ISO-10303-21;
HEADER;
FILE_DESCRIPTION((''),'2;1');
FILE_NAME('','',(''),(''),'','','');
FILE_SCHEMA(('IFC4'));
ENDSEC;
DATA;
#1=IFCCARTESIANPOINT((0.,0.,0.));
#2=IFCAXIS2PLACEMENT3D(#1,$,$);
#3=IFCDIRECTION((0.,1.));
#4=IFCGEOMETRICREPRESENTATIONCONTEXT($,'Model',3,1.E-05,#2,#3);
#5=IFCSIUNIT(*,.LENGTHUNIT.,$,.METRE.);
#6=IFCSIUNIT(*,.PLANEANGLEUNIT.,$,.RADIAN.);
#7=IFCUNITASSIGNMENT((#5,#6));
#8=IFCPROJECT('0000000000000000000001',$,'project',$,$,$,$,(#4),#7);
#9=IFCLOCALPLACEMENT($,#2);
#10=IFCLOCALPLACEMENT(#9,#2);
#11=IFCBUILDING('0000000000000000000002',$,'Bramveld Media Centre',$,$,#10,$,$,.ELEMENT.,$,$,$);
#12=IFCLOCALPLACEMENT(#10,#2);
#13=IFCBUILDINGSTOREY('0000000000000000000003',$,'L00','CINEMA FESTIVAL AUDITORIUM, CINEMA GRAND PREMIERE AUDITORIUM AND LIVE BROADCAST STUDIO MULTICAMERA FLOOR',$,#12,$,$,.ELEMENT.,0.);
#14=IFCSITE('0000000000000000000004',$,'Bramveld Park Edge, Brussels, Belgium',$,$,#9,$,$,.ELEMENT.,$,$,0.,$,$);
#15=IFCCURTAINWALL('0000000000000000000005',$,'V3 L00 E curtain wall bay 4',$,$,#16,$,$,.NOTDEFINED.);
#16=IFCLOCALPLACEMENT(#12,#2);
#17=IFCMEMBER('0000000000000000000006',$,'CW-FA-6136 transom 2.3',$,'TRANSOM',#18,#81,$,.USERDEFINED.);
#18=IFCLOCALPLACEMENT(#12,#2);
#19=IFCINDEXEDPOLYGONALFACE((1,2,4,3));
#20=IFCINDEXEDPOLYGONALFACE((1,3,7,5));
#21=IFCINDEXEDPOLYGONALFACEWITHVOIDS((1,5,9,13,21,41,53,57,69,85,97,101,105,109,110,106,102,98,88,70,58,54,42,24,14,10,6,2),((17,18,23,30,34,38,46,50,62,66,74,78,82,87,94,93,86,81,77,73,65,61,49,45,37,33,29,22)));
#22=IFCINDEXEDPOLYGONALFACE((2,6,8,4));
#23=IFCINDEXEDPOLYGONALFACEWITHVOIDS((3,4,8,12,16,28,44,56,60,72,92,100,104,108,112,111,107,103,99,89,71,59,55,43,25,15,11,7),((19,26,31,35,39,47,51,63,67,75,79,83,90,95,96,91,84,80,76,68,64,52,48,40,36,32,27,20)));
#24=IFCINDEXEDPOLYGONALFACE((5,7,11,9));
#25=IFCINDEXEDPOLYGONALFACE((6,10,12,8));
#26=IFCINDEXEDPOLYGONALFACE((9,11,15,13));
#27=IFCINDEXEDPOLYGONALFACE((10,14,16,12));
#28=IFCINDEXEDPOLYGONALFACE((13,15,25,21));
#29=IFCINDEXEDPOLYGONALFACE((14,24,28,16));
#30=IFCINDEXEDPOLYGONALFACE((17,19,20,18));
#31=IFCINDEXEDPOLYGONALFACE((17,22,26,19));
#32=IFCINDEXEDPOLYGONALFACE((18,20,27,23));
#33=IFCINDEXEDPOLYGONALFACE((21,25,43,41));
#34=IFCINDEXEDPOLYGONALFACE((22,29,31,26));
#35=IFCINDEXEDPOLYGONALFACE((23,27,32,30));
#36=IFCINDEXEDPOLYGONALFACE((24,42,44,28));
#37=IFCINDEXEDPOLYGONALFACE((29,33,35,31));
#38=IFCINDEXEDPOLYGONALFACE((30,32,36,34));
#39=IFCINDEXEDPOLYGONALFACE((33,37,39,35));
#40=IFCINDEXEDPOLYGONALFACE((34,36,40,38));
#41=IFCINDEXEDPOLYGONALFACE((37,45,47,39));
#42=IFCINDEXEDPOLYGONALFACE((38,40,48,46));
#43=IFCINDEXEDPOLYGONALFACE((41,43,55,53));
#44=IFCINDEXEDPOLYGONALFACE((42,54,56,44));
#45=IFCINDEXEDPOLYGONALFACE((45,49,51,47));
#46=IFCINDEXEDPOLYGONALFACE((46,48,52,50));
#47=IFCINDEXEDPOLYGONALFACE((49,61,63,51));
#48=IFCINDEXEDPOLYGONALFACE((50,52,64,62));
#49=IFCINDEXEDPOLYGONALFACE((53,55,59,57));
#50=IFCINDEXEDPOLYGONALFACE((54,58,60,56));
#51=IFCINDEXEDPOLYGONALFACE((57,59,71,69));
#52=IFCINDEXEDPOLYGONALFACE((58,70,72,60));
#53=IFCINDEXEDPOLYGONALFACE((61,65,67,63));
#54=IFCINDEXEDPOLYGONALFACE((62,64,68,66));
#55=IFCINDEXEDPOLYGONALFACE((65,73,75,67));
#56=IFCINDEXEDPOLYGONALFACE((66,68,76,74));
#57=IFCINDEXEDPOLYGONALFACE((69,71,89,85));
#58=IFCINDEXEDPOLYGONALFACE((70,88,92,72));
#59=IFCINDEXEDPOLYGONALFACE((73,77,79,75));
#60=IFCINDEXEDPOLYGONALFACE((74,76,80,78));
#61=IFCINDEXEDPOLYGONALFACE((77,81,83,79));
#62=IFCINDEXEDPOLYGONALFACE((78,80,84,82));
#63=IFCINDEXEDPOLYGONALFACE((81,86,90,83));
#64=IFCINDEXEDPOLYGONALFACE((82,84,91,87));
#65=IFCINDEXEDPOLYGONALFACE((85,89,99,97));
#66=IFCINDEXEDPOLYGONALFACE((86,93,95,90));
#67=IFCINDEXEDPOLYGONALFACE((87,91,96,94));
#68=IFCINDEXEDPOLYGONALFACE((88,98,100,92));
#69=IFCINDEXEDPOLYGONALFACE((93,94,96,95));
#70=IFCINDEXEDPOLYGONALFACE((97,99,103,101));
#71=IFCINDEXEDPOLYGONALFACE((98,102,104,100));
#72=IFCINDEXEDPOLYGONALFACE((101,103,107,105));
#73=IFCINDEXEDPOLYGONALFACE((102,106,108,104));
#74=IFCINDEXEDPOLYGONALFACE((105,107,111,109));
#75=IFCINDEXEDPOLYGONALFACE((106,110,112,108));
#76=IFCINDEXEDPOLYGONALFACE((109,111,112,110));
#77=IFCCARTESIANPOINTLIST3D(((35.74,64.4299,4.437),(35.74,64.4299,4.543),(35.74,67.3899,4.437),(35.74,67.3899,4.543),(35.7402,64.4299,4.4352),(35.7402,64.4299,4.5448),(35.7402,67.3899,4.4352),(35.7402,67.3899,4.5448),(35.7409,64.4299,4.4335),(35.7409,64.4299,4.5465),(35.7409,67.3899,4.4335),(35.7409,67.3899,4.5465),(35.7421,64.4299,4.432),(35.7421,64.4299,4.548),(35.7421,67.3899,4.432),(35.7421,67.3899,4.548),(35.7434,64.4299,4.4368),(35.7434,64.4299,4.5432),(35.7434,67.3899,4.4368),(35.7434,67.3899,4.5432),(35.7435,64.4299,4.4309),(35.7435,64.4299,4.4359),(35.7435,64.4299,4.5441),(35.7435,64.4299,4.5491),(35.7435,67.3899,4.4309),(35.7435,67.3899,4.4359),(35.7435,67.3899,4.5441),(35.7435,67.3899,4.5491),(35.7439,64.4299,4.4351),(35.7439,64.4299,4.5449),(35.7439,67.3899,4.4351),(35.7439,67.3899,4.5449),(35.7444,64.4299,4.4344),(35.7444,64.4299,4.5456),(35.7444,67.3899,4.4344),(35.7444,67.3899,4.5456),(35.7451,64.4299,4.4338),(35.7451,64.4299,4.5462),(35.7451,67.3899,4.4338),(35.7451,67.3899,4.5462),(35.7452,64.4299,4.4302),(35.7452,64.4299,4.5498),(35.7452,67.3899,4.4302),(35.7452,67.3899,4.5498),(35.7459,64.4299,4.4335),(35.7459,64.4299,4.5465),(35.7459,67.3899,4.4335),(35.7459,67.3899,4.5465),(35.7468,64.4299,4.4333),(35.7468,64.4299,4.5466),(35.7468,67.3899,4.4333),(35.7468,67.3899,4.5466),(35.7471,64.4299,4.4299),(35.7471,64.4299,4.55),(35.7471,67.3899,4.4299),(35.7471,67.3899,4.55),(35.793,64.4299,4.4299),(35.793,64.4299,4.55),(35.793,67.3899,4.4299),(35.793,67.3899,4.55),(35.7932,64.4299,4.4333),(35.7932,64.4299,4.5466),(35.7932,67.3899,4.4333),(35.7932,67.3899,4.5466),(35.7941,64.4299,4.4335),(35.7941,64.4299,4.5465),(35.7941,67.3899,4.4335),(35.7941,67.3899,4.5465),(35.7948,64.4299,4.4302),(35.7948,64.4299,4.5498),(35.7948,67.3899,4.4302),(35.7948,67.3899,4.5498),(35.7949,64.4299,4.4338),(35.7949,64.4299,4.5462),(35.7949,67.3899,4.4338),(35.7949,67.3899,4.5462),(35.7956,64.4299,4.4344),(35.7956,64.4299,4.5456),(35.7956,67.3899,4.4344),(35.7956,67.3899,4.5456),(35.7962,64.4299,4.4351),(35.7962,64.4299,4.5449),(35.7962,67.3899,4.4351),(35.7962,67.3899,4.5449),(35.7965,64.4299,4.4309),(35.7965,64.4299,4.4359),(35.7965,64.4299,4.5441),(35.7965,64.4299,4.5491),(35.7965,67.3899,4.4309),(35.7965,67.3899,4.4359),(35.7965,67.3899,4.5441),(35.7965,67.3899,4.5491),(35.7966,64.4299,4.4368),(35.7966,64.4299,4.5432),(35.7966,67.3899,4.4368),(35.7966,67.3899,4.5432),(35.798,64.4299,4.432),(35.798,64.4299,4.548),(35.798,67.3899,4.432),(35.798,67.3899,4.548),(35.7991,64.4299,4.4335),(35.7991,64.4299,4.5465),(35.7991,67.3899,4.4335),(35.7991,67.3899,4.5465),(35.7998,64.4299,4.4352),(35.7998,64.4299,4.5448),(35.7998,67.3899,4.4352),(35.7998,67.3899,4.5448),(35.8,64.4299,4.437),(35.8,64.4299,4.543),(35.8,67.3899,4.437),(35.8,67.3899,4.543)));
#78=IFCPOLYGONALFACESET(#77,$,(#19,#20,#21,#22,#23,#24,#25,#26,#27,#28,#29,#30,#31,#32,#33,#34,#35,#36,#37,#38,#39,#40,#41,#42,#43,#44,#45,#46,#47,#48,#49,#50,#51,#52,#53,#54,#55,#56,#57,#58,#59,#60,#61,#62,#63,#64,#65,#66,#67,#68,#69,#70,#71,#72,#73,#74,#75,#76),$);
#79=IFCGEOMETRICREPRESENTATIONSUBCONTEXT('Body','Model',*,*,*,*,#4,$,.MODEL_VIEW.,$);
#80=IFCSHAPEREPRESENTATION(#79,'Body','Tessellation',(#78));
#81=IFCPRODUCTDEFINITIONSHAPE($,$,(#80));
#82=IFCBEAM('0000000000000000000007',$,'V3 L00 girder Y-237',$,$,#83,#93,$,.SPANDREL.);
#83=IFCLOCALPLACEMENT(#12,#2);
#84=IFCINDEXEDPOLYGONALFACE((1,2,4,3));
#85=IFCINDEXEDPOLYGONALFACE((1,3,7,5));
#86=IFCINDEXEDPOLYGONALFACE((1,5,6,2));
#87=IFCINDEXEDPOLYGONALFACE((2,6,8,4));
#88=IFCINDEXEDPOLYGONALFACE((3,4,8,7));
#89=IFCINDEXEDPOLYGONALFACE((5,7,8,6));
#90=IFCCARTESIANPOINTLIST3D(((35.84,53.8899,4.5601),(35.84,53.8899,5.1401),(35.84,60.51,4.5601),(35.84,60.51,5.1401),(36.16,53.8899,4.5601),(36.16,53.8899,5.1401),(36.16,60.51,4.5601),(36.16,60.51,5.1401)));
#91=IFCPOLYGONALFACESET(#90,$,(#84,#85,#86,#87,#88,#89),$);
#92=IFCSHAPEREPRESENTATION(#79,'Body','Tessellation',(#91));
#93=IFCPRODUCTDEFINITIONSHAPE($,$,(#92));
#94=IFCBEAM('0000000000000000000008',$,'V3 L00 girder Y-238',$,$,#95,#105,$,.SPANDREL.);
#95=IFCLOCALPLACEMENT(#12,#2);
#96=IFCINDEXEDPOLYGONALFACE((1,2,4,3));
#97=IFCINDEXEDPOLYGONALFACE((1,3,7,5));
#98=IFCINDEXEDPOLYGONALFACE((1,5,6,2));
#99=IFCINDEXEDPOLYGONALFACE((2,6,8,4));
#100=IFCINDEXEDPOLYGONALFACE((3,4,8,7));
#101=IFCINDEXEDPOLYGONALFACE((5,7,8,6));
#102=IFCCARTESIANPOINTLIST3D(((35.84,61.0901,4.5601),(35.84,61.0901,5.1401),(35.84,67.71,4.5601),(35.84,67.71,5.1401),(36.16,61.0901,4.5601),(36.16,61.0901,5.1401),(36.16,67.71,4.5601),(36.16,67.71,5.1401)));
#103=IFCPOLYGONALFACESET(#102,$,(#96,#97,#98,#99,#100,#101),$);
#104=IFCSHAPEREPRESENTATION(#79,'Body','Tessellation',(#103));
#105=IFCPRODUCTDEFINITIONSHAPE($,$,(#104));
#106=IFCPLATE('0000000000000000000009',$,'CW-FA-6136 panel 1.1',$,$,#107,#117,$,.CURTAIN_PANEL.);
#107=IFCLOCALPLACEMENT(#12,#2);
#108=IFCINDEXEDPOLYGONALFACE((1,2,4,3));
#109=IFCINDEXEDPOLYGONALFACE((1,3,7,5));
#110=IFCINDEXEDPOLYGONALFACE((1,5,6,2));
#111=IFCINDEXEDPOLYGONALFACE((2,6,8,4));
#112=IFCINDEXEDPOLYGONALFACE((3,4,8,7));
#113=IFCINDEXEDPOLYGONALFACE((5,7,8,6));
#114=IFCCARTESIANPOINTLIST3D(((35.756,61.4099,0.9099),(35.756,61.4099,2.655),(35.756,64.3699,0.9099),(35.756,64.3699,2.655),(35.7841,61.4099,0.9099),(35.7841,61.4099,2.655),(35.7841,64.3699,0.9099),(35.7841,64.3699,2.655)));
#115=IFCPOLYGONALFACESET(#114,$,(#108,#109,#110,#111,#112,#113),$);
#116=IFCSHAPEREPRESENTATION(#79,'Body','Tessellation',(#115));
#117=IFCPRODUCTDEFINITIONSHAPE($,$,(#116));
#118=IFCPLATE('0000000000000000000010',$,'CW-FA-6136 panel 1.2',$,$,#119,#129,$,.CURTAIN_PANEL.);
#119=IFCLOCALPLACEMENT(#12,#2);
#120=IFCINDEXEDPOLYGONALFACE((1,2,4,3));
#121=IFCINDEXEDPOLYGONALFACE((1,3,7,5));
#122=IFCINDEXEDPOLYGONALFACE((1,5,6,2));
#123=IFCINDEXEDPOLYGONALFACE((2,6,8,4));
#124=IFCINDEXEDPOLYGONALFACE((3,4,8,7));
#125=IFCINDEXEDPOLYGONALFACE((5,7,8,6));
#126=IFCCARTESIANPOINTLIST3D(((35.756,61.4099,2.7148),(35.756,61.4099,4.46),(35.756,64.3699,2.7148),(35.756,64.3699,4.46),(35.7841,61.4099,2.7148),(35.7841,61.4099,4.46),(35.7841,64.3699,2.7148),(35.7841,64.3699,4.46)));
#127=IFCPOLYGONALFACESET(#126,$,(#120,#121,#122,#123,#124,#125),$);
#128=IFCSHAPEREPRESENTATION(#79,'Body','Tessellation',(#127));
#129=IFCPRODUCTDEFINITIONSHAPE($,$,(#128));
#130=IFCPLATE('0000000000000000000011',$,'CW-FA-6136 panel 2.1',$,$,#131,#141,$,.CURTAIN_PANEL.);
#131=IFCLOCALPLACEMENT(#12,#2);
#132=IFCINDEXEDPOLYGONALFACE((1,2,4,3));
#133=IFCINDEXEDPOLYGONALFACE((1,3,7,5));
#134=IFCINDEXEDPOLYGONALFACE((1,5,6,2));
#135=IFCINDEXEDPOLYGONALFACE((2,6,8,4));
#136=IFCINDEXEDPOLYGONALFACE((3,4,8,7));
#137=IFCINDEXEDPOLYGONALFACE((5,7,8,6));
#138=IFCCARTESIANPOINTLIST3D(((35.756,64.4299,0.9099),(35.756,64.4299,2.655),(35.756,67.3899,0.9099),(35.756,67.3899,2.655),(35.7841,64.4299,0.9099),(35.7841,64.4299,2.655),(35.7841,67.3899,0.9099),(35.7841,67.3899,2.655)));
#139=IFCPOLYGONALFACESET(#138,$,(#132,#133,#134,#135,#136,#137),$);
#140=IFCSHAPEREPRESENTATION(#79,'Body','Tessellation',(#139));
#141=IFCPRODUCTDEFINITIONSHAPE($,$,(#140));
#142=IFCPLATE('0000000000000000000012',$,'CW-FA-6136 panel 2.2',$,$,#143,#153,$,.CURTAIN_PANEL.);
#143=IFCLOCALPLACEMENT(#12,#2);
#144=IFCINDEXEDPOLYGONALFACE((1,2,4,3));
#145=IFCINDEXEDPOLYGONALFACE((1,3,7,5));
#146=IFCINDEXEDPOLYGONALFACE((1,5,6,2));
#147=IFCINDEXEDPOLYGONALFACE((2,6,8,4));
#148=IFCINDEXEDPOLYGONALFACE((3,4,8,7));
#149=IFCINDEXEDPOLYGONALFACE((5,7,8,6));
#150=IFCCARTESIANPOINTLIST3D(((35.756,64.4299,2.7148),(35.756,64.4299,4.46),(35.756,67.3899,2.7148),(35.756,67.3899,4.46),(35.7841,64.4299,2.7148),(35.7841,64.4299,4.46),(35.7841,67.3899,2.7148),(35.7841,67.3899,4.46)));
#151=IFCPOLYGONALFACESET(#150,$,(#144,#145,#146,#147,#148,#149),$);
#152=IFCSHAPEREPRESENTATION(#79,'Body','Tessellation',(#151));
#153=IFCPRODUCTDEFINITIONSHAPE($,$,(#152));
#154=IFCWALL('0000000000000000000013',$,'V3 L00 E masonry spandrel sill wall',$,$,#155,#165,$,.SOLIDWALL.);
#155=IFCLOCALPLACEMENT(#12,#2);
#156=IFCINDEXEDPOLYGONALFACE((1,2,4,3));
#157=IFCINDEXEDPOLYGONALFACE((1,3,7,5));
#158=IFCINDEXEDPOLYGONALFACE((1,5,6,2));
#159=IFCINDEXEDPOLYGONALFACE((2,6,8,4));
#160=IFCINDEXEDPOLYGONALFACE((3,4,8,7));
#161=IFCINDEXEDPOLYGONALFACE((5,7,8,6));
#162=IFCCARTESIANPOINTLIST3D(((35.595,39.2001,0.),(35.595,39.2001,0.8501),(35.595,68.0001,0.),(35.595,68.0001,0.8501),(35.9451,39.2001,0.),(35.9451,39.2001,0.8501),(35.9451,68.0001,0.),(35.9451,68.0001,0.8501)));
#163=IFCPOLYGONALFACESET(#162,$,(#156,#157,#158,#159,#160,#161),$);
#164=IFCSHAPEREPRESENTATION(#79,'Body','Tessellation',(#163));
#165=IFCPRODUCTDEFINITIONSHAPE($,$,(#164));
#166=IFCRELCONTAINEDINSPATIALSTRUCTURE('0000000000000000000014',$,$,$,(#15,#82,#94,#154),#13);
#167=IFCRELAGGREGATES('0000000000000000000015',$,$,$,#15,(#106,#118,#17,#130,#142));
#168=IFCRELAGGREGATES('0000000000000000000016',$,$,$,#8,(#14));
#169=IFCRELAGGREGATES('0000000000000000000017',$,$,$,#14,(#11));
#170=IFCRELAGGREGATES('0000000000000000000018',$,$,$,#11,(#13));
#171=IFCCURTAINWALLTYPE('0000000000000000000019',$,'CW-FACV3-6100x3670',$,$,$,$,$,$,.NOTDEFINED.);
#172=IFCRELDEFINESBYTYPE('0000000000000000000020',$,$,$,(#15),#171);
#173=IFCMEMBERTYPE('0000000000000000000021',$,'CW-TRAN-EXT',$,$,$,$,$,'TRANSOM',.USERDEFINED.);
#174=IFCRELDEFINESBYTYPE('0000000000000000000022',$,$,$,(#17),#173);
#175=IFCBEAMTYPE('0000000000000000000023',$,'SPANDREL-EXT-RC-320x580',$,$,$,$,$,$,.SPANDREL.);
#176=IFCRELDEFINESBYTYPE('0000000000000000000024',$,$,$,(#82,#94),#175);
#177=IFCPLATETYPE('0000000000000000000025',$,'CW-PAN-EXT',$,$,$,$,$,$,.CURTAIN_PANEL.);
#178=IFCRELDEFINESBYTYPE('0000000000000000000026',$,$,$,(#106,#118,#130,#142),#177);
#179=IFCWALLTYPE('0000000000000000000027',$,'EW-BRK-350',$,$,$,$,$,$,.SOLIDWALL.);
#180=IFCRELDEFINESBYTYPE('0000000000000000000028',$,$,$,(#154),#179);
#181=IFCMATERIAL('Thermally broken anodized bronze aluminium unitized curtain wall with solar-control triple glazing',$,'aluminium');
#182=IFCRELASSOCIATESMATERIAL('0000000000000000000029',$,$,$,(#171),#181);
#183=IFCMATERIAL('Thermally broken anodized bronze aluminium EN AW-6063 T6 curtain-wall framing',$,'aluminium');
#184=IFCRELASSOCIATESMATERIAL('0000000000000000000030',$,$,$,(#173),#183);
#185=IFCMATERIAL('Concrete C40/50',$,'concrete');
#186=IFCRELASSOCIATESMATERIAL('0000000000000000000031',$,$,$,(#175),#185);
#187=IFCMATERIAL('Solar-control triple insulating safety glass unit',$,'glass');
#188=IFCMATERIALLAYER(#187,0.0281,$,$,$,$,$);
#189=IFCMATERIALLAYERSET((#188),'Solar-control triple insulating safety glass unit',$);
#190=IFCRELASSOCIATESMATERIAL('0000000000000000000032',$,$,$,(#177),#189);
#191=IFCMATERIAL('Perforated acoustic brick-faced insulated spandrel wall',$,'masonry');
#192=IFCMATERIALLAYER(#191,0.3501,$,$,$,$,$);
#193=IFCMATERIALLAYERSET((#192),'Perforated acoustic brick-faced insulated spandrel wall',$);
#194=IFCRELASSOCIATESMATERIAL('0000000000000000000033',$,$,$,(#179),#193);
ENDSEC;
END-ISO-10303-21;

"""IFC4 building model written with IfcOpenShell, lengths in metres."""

from ifc_helpers import new_model, si_unit, direction, frame, frame_2d, origin, origin_2d, place, context, subcontext, project, spatial, rectangle, hollow_rectangle, extrude, material, layer, layer_set, material_profile, profile_set, type_object, element, aggregate, save


model = new_model("IFC4")

# Units and contexts
model_context = context("Model", 3, precision=1e-05, world=origin(), true_north=direction((0.0, 1.0)))
body_context = subcontext(model_context, "Body", "Model", "MODEL_VIEW")
ifc_project = project(units=[si_unit("LENGTHUNIT", "METRE"), si_unit("PLANEANGLEUNIT", "RADIAN")], contexts=[model_context])

# Site, building, storey
site_placement = place(None, origin())
site = spatial("IfcSite", under=ifc_project, at=site_placement, Name="Bramveld Park Edge, Brussels, Belgium", CompositionType="ELEMENT", RefElevation=0.0)
building_placement = place(site_placement, origin())
building = spatial("IfcBuilding", under=site, at=building_placement, Name="Bramveld Media Centre", CompositionType="ELEMENT")
storey_placement = place(building_placement, origin())
storey = spatial("IfcBuildingStorey", under=building, at=storey_placement, Name="L00", Description="CINEMA FESTIVAL AUDITORIUM, CINEMA GRAND PREMIERE AUDITORIUM AND LIVE BROADCAST STUDIO MULTICAMERA FLOOR", CompositionType="ELEMENT", Elevation=0.0)

# Curtain wall, member
ifc_material_1 = material(Name="Thermally broken anodized bronze aluminium unitized curtain wall with solar-control triple glazing", Category="aluminium")
curtain_wall_type = type_object("IfcCurtainWallType", Name="CW-FACV3-6100x3670", PredefinedType="NOTDEFINED", material=ifc_material_1)
curtain_wall_placement = place(storey_placement, origin())
curtain_wall = element("IfcCurtainWall", 1, at=curtain_wall_placement, inside=storey, type_object=curtain_wall_type, Name="V3 L00 E curtain wall bay 4", PredefinedType="NOTDEFINED")
ifc_material_2 = material(Name="Thermally broken anodized bronze aluminium EN AW-6063 T6 curtain-wall framing", Category="aluminium")
ifc_material_profile_1 = material_profile(ifc_material_2, hollow_rectangle(XDim=0.0601, YDim=0.1201, WallThickness=0.0034, InnerFilletRadius=0.0034, OuterFilletRadius=0.0071, at=origin_2d()), Name="AL-TRAN 60x120")
ifc_profile_set_1 = profile_set([ifc_material_profile_1], Name="Thermally broken anodized bronze aluminium EN AW-6063 T6 curtain-wall framing")
member_type_1 = type_object("IfcMemberType", Name="CW-TRAN-EXT", ElementType="TRANSOM", PredefinedType="USERDEFINED", material=ifc_profile_set_1)
member_1_placement = place(storey_placement, frame((35.77, 64.4299, 4.49), z_axis=(0.0, 1.0, 0.0), x_axis=(-1.0, 0.0, 0.0)))
member_1 = element("IfcMember", 2, at=member_1_placement, type_object=member_type_1, Name="CW-FA-6136 transom 2.3", ObjectType="TRANSOM", PredefinedType="USERDEFINED", context=body_context, shape_type="SweptSolid", body=[
    extrude(hollow_rectangle(XDim=0.0601, YDim=0.1201, WallThickness=0.0034, InnerFilletRadius=0.0034, OuterFilletRadius=0.0071, at=origin_2d()), origin(), (0.0, 0.0, 1.0), 2.96),
])

# Beams
ifc_material_3 = material(Name="Concrete C40/50", Category="concrete")
ifc_material_profile_2 = material_profile(ifc_material_3, rectangle(XDim=0.3201, YDim=0.5801, at=origin_2d()), Name="RC 320x580")
ifc_profile_set_2 = profile_set([ifc_material_profile_2], Name="Concrete C40/50")
beam_type = type_object("IfcBeamType", Name="SPANDREL-EXT-RC-320x580", PredefinedType="SPANDREL", material=ifc_profile_set_2)
beam_1_placement = place(storey_placement, frame((36.0, 53.8899, 4.8501), z_axis=(0.0, 1.0, 0.0), x_axis=(-1.0, 0.0, 0.0)))
element("IfcBeam", 3, at=beam_1_placement, inside=storey, type_object=beam_type, Name="V3 L00 girder Y-237", PredefinedType="SPANDREL", context=body_context, shape_type="SweptSolid", body=[
    extrude(rectangle(XDim=0.3201, YDim=0.5801, at=origin_2d()), origin(), (0.0, 0.0, 1.0), 6.6201),
])
beam_2_placement = place(storey_placement, frame((36.0, 61.0901, 4.8501), z_axis=(0.0, 1.0, 0.0), x_axis=(-1.0, 0.0, 0.0)))
element("IfcBeam", 4, at=beam_2_placement, inside=storey, type_object=beam_type, Name="V3 L00 girder Y-238", PredefinedType="SPANDREL", context=body_context, shape_type="SweptSolid", body=[
    extrude(rectangle(XDim=0.3201, YDim=0.5801, at=origin_2d()), origin(), (0.0, 0.0, 1.0), 6.6199),
])

# Plates
ifc_material_4 = material(Name="Solar-control triple insulating safety glass unit", Category="glass")
ifc_layer_1 = layer(ifc_material_4, 0.0281)
ifc_layer_set_1 = layer_set([ifc_layer_1], Name="Solar-control triple insulating safety glass unit")
plate_type = type_object("IfcPlateType", Name="CW-PAN-EXT", PredefinedType="CURTAIN_PANEL", material=ifc_layer_set_1)
plate_1_placement = place(storey_placement, frame((35.77, 62.8899, 0.9099), z_axis=(0.0, 0.0, 1.0), x_axis=(0.0, 1.0, 0.0)))
plate_1 = element("IfcPlate", 5, at=plate_1_placement, type_object=plate_type, Name="CW-FA-6136 panel 1.1", PredefinedType="CURTAIN_PANEL", context=body_context, shape_type="SweptSolid", body=[
    extrude(rectangle(XDim=2.96, YDim=0.0281, at=origin_2d()), origin(), (0.0, 0.0, 1.0), 1.7451),
])
plate_2_placement = place(storey_placement, frame((35.77, 62.8899, 2.7148), z_axis=(0.0, 0.0, 1.0), x_axis=(0.0, 1.0, 0.0)))
plate_2 = element("IfcPlate", 6, at=plate_2_placement, type_object=plate_type, Name="CW-FA-6136 panel 1.2", PredefinedType="CURTAIN_PANEL", context=body_context, shape_type="SweptSolid", body=[
    extrude(rectangle(XDim=2.96, YDim=0.0281, at=origin_2d()), origin(), (0.0, 0.0, 1.0), 1.7451),
])
plate_3_placement = place(storey_placement, frame((35.77, 65.9099, 0.9099), z_axis=(0.0, 0.0, 1.0), x_axis=(0.0, 1.0, 0.0)))
plate_3 = element("IfcPlate", 7, at=plate_3_placement, type_object=plate_type, Name="CW-FA-6136 panel 2.1", PredefinedType="CURTAIN_PANEL", context=body_context, shape_type="SweptSolid", body=[
    extrude(rectangle(XDim=2.96, YDim=0.0281, at=origin_2d()), origin(), (0.0, 0.0, 1.0), 1.7451),
])
plate_4_placement = place(storey_placement, frame((35.77, 65.9099, 2.7148), z_axis=(0.0, 0.0, 1.0), x_axis=(0.0, 1.0, 0.0)))
plate_4 = element("IfcPlate", 8, at=plate_4_placement, type_object=plate_type, Name="CW-FA-6136 panel 2.2", PredefinedType="CURTAIN_PANEL", context=body_context, shape_type="SweptSolid", body=[
    extrude(rectangle(XDim=2.96, YDim=0.0281, at=origin_2d()), origin(), (0.0, 0.0, 1.0), 1.7451),
])
aggregate(curtain_wall, [plate_1, plate_2, member_1, plate_3, plate_4])

# Wall
ifc_material_5 = material(Name="Perforated acoustic brick-faced insulated spandrel wall", Category="masonry")
ifc_layer_2 = layer(ifc_material_5, 0.3501)
ifc_layer_set_2 = layer_set([ifc_layer_2], Name="Perforated acoustic brick-faced insulated spandrel wall")
wall_type = type_object("IfcWallType", Name="EW-BRK-350", PredefinedType="SOLIDWALL", material=ifc_layer_set_2)
wall_placement = place(storey_placement, frame((35.77, 68.0, 0.0), z_axis=(0.0, 0.0, 1.0), x_axis=(0.0, -1.0, 0.0)))
element("IfcWall", 9, at=wall_placement, inside=storey, type_object=wall_type, Name="V3 L00 E masonry spandrel sill wall", PredefinedType="SOLIDWALL", context=body_context, shape_type="SweptSolid", body=[
    extrude(rectangle(XDim=28.8, YDim=0.3501, at=frame_2d((14.3999, 0.0))), origin(), (0.0, 0.0, 1.0), 0.8501),
])

save(model, "model.ifc")
